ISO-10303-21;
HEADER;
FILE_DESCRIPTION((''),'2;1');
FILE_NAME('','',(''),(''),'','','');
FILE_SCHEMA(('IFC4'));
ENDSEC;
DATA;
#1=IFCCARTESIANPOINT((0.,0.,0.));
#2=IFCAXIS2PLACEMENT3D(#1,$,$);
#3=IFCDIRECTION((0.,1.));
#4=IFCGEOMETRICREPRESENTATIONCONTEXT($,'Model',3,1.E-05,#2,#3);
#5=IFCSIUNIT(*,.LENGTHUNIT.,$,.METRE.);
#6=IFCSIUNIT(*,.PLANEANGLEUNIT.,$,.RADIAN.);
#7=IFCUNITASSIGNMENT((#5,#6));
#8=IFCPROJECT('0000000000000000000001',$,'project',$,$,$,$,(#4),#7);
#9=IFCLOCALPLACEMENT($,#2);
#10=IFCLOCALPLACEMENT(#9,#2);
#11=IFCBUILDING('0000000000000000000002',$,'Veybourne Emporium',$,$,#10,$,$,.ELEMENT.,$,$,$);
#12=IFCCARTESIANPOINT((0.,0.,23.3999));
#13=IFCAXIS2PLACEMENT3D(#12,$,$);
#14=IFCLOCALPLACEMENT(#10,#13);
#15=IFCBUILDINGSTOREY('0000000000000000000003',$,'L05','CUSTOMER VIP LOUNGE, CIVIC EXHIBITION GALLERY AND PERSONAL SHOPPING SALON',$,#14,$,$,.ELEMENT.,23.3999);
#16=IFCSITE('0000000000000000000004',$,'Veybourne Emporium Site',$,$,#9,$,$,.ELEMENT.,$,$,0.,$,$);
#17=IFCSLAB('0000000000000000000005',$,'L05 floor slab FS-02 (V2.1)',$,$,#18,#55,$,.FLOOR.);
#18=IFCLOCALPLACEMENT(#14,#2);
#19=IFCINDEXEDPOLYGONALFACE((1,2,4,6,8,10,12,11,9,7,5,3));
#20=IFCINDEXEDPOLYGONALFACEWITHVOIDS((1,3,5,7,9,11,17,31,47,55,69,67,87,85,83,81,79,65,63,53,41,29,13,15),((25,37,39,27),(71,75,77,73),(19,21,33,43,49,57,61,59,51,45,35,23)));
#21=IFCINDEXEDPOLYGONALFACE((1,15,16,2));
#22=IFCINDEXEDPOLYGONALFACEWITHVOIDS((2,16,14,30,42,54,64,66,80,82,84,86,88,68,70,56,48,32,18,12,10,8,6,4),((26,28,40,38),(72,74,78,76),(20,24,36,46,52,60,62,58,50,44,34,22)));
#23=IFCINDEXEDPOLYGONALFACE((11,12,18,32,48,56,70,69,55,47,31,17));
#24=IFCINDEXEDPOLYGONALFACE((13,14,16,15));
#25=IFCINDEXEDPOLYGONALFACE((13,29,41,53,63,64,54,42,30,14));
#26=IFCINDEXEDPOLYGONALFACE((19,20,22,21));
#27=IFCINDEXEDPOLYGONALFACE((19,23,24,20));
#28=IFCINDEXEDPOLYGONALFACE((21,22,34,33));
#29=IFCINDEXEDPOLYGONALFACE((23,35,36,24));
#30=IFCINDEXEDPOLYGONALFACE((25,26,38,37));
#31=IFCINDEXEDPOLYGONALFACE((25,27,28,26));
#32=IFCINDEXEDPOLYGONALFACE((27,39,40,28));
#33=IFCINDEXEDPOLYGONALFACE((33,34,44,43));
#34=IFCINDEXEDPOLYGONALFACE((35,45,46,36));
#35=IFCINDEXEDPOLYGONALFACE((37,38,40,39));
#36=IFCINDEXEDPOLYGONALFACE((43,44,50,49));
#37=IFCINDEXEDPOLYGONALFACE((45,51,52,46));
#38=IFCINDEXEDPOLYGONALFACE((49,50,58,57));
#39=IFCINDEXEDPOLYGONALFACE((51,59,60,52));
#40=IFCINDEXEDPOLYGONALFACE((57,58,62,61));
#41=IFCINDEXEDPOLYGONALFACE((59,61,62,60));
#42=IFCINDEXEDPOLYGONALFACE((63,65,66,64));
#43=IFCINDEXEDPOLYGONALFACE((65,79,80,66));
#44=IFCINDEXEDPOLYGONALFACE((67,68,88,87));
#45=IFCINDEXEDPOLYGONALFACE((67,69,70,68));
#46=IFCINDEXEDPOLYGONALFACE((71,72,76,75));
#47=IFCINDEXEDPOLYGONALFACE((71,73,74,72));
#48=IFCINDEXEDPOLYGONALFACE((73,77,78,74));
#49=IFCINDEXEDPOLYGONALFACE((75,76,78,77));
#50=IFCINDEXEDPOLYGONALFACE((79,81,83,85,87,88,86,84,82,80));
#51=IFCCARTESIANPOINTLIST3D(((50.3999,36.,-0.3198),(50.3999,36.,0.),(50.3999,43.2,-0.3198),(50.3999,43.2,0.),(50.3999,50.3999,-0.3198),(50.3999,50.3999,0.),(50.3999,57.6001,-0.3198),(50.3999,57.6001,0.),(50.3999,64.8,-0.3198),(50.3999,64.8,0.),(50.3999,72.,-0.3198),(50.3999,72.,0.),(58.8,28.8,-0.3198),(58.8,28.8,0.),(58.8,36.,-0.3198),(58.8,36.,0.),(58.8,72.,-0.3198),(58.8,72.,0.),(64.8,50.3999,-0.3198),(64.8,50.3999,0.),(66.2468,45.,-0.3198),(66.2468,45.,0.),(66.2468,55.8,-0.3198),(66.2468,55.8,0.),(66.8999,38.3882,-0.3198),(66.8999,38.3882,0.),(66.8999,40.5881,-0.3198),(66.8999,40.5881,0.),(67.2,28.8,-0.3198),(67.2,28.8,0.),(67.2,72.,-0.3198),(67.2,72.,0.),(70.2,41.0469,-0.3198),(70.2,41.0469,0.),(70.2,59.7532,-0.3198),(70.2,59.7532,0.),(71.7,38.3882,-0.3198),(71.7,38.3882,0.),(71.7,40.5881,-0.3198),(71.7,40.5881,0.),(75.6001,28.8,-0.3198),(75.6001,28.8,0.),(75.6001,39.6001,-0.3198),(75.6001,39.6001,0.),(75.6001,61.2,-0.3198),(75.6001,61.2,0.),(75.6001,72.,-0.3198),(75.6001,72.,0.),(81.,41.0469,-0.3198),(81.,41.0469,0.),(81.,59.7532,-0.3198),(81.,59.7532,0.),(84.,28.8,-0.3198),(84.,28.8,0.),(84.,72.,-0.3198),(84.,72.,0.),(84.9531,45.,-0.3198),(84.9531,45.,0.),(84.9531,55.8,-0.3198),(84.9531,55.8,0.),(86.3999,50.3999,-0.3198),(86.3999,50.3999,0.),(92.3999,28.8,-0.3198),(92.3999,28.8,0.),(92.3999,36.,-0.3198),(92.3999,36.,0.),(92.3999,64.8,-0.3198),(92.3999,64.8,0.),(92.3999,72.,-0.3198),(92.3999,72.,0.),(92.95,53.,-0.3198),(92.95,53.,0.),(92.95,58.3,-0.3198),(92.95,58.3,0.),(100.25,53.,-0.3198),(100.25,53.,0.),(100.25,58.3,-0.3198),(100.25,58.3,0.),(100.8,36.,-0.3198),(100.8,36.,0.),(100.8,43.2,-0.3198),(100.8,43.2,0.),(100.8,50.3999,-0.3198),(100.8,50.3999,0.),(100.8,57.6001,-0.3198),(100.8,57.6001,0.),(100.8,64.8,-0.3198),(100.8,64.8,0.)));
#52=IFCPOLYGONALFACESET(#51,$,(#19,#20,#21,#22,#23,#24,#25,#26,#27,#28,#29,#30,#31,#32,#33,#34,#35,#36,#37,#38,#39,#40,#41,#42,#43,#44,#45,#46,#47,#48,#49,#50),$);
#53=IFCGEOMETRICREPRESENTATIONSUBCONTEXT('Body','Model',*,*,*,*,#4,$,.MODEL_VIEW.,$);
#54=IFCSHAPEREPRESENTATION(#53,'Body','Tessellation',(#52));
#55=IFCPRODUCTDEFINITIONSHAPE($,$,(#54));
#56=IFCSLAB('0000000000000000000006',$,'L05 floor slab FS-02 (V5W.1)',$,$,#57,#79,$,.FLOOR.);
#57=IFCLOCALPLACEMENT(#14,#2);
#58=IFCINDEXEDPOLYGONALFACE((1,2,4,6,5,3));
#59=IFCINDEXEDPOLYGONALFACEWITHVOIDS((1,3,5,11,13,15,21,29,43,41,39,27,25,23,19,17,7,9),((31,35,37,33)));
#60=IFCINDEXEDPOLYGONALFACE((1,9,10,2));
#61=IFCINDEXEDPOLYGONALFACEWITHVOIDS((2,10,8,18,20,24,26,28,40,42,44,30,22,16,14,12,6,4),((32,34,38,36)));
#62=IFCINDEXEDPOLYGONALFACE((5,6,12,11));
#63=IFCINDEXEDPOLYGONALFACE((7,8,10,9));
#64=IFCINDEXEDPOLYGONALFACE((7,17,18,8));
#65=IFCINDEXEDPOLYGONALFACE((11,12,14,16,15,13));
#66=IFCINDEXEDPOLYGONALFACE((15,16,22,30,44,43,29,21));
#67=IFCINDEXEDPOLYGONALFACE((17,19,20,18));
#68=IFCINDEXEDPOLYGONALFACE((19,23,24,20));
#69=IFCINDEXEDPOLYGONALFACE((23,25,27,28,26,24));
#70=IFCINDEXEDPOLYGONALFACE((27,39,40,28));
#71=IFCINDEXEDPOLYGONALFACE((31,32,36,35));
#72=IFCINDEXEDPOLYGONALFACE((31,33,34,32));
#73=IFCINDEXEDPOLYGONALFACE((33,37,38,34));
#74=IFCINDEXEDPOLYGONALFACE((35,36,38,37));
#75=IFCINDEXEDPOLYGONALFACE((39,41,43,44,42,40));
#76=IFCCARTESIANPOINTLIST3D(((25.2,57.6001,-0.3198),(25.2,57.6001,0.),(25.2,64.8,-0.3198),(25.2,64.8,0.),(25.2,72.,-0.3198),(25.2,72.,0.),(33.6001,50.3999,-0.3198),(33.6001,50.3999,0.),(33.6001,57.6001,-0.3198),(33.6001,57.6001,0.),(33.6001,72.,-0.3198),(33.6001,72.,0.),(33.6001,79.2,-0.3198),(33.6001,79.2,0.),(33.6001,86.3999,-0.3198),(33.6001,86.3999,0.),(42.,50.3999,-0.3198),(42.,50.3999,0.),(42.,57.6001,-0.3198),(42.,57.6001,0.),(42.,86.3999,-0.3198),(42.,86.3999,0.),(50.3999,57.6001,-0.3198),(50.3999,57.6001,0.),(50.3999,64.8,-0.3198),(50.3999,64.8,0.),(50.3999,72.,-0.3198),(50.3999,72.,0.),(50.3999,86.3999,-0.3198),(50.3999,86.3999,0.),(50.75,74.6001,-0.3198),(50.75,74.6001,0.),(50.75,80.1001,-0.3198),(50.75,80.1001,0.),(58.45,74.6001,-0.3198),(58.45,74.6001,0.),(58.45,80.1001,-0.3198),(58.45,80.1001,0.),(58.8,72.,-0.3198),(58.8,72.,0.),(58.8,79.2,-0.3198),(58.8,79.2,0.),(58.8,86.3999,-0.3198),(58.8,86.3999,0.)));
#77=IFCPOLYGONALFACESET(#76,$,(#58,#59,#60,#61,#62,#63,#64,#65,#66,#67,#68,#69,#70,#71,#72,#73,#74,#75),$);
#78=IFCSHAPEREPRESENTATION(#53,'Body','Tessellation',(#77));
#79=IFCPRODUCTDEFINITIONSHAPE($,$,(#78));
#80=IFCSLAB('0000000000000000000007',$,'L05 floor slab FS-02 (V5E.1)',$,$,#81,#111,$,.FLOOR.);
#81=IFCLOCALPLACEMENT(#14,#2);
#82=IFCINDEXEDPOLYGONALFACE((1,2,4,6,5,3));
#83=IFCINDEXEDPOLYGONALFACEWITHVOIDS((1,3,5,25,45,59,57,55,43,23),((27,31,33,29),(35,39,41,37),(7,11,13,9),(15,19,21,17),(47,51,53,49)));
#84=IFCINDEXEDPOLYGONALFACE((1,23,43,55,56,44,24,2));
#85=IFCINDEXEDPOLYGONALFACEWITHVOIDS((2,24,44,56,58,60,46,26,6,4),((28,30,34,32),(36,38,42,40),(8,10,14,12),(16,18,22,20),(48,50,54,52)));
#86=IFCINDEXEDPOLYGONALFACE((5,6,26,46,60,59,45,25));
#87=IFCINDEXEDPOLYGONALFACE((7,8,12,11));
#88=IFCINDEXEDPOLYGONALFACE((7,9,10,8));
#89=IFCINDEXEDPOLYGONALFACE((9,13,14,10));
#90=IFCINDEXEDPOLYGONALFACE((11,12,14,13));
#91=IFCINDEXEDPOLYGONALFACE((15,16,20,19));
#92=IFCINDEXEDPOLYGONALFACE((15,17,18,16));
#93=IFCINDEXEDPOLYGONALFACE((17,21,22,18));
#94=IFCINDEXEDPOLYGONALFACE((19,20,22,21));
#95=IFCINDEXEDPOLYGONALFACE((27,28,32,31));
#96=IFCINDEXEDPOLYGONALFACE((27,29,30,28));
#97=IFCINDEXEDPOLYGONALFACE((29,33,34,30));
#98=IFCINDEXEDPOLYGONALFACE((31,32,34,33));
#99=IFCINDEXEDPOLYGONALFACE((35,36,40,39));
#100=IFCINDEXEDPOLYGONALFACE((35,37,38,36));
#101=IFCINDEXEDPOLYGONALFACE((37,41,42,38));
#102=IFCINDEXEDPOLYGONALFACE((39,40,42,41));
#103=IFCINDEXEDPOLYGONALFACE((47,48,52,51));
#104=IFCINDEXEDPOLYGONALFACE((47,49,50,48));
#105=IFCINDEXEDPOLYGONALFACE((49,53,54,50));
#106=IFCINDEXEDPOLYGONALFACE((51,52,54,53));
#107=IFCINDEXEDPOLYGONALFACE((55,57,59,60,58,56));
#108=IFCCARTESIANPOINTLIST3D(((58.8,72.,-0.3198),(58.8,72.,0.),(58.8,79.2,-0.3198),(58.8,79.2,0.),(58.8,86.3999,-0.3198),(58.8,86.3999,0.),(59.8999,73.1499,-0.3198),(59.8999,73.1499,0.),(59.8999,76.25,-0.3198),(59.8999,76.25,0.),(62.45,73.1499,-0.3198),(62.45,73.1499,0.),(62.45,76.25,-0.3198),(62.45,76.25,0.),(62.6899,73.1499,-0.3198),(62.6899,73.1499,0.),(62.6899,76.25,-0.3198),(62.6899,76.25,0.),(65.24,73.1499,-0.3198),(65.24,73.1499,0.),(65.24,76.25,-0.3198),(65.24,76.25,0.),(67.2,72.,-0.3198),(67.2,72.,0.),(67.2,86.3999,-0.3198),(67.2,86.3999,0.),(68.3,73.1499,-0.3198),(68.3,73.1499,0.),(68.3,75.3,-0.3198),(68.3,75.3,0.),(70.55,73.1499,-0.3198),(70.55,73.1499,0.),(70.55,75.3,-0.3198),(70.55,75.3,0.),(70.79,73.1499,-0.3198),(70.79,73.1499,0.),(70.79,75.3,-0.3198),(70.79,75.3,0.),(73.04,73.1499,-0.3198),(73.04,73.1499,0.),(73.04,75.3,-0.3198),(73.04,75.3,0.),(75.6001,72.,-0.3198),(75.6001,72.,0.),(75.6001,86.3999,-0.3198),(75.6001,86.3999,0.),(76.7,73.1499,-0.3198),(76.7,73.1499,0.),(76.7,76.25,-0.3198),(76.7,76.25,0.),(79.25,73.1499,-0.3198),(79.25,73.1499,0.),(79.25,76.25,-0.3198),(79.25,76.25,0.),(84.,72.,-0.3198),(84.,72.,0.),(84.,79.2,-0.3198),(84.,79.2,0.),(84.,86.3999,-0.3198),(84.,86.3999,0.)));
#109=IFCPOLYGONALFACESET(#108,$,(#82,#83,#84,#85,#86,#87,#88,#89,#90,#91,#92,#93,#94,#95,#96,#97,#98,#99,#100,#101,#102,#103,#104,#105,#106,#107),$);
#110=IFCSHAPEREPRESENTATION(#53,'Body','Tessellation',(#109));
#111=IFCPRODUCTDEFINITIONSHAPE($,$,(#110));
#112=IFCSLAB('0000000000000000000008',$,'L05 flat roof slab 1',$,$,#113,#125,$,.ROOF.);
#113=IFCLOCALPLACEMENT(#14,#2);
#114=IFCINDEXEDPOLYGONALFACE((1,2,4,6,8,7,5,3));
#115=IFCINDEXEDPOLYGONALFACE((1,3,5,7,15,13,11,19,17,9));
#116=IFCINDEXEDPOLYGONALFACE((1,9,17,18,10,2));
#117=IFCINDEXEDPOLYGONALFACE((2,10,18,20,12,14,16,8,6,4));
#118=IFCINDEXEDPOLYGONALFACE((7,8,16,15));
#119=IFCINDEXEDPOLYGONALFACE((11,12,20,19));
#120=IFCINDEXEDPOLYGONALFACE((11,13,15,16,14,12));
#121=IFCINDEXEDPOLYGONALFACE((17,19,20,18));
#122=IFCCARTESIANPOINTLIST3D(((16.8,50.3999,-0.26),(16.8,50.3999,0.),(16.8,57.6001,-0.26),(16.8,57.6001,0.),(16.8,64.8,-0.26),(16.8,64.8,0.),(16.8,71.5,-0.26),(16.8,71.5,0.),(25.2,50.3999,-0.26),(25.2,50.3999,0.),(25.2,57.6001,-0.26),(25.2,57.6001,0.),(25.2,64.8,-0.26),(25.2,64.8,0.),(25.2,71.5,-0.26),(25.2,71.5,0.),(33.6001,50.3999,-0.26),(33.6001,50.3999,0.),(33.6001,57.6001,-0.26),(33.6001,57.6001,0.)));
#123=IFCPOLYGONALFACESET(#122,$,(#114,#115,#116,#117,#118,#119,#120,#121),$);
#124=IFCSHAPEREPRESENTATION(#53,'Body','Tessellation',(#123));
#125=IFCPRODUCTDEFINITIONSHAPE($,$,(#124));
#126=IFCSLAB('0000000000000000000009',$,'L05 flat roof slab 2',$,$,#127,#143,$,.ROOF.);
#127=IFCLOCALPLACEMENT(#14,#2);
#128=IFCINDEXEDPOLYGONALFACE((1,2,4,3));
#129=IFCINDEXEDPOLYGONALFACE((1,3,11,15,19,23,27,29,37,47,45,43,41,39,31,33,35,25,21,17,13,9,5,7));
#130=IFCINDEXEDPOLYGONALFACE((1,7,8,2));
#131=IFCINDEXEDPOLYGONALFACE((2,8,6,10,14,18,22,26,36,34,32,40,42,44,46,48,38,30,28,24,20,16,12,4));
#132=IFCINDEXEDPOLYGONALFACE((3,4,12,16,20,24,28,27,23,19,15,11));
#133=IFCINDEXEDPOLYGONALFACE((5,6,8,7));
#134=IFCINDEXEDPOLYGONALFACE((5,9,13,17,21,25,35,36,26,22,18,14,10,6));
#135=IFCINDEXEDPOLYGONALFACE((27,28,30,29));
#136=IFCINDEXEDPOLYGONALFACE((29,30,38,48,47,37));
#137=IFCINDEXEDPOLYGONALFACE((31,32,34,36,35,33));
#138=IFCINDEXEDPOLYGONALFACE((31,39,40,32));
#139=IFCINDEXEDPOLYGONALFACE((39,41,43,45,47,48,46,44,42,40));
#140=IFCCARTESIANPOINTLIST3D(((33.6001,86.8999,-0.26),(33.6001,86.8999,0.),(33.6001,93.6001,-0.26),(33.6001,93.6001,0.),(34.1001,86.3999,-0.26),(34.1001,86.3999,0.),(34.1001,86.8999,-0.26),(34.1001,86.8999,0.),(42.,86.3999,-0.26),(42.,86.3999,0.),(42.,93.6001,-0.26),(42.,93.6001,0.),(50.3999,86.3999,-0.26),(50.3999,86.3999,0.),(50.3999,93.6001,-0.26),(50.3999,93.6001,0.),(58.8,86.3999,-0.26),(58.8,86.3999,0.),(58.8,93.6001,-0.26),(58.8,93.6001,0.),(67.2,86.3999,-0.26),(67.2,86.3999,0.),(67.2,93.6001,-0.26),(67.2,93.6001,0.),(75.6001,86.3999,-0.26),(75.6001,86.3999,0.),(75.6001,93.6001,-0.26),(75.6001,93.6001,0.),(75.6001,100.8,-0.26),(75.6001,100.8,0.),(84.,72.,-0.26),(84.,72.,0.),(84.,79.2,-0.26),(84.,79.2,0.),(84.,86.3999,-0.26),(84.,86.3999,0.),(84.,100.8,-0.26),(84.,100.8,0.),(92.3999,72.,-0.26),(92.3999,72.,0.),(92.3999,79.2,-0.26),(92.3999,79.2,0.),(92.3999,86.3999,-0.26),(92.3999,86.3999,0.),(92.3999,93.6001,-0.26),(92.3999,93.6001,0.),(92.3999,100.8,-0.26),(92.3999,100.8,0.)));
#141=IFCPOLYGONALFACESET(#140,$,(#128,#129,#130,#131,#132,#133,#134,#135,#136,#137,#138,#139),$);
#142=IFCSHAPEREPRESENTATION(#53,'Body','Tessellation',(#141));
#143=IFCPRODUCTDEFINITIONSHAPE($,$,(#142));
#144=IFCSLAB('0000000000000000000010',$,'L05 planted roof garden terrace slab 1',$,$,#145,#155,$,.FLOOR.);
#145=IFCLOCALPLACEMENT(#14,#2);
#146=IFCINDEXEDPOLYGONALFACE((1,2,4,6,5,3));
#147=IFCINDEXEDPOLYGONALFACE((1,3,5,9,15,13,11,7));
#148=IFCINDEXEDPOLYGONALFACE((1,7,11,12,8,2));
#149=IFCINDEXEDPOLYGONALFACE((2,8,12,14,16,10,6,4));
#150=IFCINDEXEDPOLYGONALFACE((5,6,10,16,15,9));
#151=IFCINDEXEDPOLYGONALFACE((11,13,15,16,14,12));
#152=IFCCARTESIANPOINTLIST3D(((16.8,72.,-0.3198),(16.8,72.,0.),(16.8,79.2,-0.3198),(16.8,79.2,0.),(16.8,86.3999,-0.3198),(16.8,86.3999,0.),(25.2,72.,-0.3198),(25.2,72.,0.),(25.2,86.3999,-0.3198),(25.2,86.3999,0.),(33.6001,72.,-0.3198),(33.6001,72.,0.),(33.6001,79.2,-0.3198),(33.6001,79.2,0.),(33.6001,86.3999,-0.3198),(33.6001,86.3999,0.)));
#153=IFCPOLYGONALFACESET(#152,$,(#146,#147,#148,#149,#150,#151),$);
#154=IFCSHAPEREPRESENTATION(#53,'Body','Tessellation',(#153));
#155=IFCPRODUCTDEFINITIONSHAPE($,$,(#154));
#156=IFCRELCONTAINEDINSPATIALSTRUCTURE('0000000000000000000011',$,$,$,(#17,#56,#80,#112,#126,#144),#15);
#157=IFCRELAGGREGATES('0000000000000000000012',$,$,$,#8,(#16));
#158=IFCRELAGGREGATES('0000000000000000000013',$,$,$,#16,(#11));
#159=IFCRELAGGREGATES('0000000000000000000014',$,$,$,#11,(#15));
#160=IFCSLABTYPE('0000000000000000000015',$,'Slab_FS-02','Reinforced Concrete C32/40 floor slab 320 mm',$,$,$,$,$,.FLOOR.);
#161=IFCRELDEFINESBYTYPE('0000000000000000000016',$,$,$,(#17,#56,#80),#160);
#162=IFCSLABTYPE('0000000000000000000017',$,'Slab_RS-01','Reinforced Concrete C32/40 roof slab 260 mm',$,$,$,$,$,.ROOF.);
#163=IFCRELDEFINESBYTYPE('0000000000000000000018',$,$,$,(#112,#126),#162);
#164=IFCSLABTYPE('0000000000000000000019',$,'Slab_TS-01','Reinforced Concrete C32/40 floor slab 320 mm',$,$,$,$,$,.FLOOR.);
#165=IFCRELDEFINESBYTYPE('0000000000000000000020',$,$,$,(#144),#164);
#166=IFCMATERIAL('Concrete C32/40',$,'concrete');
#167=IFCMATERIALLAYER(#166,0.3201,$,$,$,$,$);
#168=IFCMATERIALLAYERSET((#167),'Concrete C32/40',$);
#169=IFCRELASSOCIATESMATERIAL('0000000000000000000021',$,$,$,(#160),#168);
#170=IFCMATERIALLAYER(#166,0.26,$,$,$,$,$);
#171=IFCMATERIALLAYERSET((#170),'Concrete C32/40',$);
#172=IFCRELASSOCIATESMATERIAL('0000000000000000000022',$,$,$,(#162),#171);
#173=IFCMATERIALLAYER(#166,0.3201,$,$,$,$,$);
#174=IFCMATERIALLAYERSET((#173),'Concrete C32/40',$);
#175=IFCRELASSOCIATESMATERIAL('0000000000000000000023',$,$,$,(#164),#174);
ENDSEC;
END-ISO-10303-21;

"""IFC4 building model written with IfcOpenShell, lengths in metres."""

from ifc_helpers import new_model, si_unit, direction, frame, origin, place, context, subcontext, project, spatial, polyline, outline, extrude, material, layer, layer_set, type_object, element, save


model = new_model("IFC4")

# Units and contexts
model_context = context("Model", 3, precision=1e-05, world=origin(), true_north=direction((0.0, 1.0)))
body_context = subcontext(model_context, "Body", "Model", "MODEL_VIEW")
ifc_project = project(units=[si_unit("LENGTHUNIT", "METRE"), si_unit("PLANEANGLEUNIT", "RADIAN")], contexts=[model_context])

# Site, building, storey
site_placement = place(None, origin())
site = spatial("IfcSite", under=ifc_project, at=site_placement, Name="Veybourne Emporium Site", CompositionType="ELEMENT", RefElevation=0.0)
building_placement = place(site_placement, origin())
building = spatial("IfcBuilding", under=site, at=building_placement, Name="Veybourne Emporium", CompositionType="ELEMENT")
storey_placement = place(building_placement, frame((0.0, 0.0, 23.3999)))
storey = spatial("IfcBuildingStorey", under=building, at=storey_placement, Name="L05", Description="CUSTOMER VIP LOUNGE, CIVIC EXHIBITION GALLERY AND PERSONAL SHOPPING SALON", CompositionType="ELEMENT", Elevation=23.3999)

# Shared definitions
ifc_material_1 = material(Name="Concrete C32/40", Category="concrete")

# Slabs
ifc_layer_1 = layer(ifc_material_1, 0.3201)
ifc_layer_set_1 = layer_set([ifc_layer_1], Name="Concrete C32/40")
slab_type_1 = type_object("IfcSlabType", Name="Slab_FS-02", Description="Reinforced Concrete C32/40 floor slab 320 mm", PredefinedType="FLOOR", material=ifc_layer_set_1)
slab_1_placement = place(storey_placement, frame((0.0, 0.0, -0.3198)))
element("IfcSlab", 1, at=slab_1_placement, inside=storey, type_object=slab_type_1, Name="L05 floor slab FS-02 (V2.1)", PredefinedType="FLOOR", context=body_context, shape_type="SweptSolid", body=[
    extrude(outline(polyline([(50.3999, 36.0), (50.3999, 43.2), (50.3999, 50.3999), (50.3999, 57.6001), (50.3999, 64.8), (50.3999, 72.0), (58.8, 72.0), (67.2, 72.0), (75.6001, 72.0), (84.0, 72.0), (92.3999, 72.0), (92.3999, 64.8), (100.8, 64.8), (100.8, 57.6001), (100.8, 50.3999), (100.8, 43.2), (100.8, 36.0), (92.3999, 36.0), (92.3999, 28.8), (84.0, 28.8), (75.6001, 28.8), (67.2, 28.8), (58.8, 28.8), (58.8, 36.0), (50.3999, 36.0)]), holes=[polyline([(71.7, 38.3882), (71.7, 40.5881), (66.8999, 40.5881), (66.8999, 38.3882), (71.7, 38.3882)]), polyline([(75.6001, 39.6001), (81.0, 41.0469), (84.9531, 45.0), (86.3999, 50.3999), (84.9531, 55.8), (81.0, 59.7532), (75.6001, 61.2), (70.2, 59.7532), (66.2468, 55.8), (64.8, 50.3999), (66.2468, 45.0), (70.2, 41.0469), (75.6001, 39.6001)]), polyline([(92.95, 53.0), (100.25, 53.0), (100.25, 58.3), (92.95, 58.3), (92.95, 53.0)])]), origin(), (0.0, 0.0, 1.0), 0.3198),
])
slab_2_placement = place(storey_placement, frame((0.0, 0.0, -0.3198)))
element("IfcSlab", 2, at=slab_2_placement, inside=storey, type_object=slab_type_1, Name="L05 floor slab FS-02 (V5W.1)", PredefinedType="FLOOR", context=body_context, shape_type="SweptSolid", body=[
    extrude(outline(polyline([(25.2, 57.6001), (25.2, 64.8), (25.2, 72.0), (33.6001, 72.0), (33.6001, 79.2), (33.6001, 86.3999), (42.0, 86.3999), (50.3999, 86.3999), (58.8, 86.3999), (58.8, 79.2), (58.8, 72.0), (50.3999, 72.0), (50.3999, 64.8), (50.3999, 57.6001), (42.0, 57.6001), (42.0, 50.3999), (33.6001, 50.3999), (33.6001, 57.6001), (25.2, 57.6001)]), holes=[polyline([(50.75, 74.6001), (58.45, 74.6001), (58.45, 80.1001), (50.75, 80.1001), (50.75, 74.6001)])]), origin(), (0.0, 0.0, 1.0), 0.3198),
])
slab_3_placement = place(storey_placement, frame((0.0, 0.0, -0.3198)))
element("IfcSlab", 3, at=slab_3_placement, inside=storey, type_object=slab_type_1, Name="L05 floor slab FS-02 (V5E.1)", PredefinedType="FLOOR", context=body_context, shape_type="SweptSolid", body=[
    extrude(outline(polyline([(58.8, 86.3999), (67.2, 86.3999), (75.6001, 86.3999), (84.0, 86.3999), (84.0, 79.2), (84.0, 72.0), (75.6001, 72.0), (67.2, 72.0), (58.8, 72.0), (58.8, 79.2), (58.8, 86.3999)]), holes=[polyline([(68.3, 73.1499), (70.55, 73.1499), (70.55, 75.3), (68.3, 75.3), (68.3, 73.1499)]), polyline([(73.04, 73.1499), (73.04, 75.3), (70.79, 75.3), (70.79, 73.1499), (73.04, 73.1499)]), polyline([(62.45, 73.1499), (62.45, 76.25), (59.8999, 76.25), (59.8999, 73.1499), (62.45, 73.1499)]), polyline([(65.24, 73.1499), (65.24, 76.25), (62.6899, 76.25), (62.6899, 73.1499), (65.24, 73.1499)]), polyline([(76.7, 73.1499), (79.25, 73.1499), (79.25, 76.25), (76.7, 76.25), (76.7, 73.1499)])]), origin(), (0.0, 0.0, 1.0), 0.3198),
])
ifc_layer_2 = layer(ifc_material_1, 0.26)
ifc_layer_set_2 = layer_set([ifc_layer_2], Name="Concrete C32/40")
slab_type_2 = type_object("IfcSlabType", Name="Slab_RS-01", Description="Reinforced Concrete C32/40 roof slab 260 mm", PredefinedType="ROOF", material=ifc_layer_set_2)
slab_4_placement = place(storey_placement, frame((0.0, 0.0, -0.26)))
element("IfcSlab", 4, at=slab_4_placement, inside=storey, type_object=slab_type_2, Name="L05 flat roof slab 1", PredefinedType="ROOF", context=body_context, shape_type="SweptSolid", body=[
    extrude(outline(polyline([(25.2, 64.8), (25.2, 57.6001), (33.6001, 57.6001), (33.6001, 50.3999), (25.2, 50.3999), (16.8, 50.3999), (16.8, 57.6001), (16.8, 64.8), (16.8, 71.5), (25.2, 71.5), (25.2, 64.8)])), origin(), (0.0, 0.0, 1.0), 0.26),
])
slab_5_placement = place(storey_placement, frame((0.0, 0.0, -0.26)))
element("IfcSlab", 5, at=slab_5_placement, inside=storey, type_object=slab_type_2, Name="L05 flat roof slab 2", PredefinedType="ROOF", context=body_context, shape_type="SweptSolid", body=[
    extrude(outline(polyline([(58.8, 93.6001), (67.2, 93.6001), (75.6001, 93.6001), (75.6001, 100.8), (84.0, 100.8), (92.3999, 100.8), (92.3999, 93.6001), (92.3999, 86.3999), (92.3999, 79.2), (92.3999, 72.0), (84.0, 72.0), (84.0, 79.2), (84.0, 86.3999), (75.6001, 86.3999), (67.2, 86.3999), (58.8, 86.3999), (50.3999, 86.3999), (42.0, 86.3999), (34.1001, 86.3999), (34.1001, 86.8999), (33.6001, 86.8999), (33.6001, 93.6001), (42.0, 93.6001), (50.3999, 93.6001), (58.8, 93.6001)])), origin(), (0.0, 0.0, 1.0), 0.26),
])
ifc_layer_3 = layer(ifc_material_1, 0.3201)
ifc_layer_set_3 = layer_set([ifc_layer_3], Name="Concrete C32/40")
slab_type_3 = type_object("IfcSlabType", Name="Slab_TS-01", Description="Reinforced Concrete C32/40 floor slab 320 mm", PredefinedType="FLOOR", material=ifc_layer_set_3)
slab_6_placement = place(storey_placement, frame((0.0, 0.0, -0.3198)))
element("IfcSlab", 6, at=slab_6_placement, inside=storey, type_object=slab_type_3, Name="L05 planted roof garden terrace slab 1", PredefinedType="FLOOR", context=body_context, shape_type="SweptSolid", body=[
    extrude(outline(polyline([(16.8, 86.3999), (25.2, 86.3999), (33.6001, 86.3999), (33.6001, 79.2), (33.6001, 72.0), (25.2, 72.0), (16.8, 72.0), (16.8, 79.2), (16.8, 86.3999)])), origin(), (0.0, 0.0, 1.0), 0.3198),
])

save(model, "model.ifc")
